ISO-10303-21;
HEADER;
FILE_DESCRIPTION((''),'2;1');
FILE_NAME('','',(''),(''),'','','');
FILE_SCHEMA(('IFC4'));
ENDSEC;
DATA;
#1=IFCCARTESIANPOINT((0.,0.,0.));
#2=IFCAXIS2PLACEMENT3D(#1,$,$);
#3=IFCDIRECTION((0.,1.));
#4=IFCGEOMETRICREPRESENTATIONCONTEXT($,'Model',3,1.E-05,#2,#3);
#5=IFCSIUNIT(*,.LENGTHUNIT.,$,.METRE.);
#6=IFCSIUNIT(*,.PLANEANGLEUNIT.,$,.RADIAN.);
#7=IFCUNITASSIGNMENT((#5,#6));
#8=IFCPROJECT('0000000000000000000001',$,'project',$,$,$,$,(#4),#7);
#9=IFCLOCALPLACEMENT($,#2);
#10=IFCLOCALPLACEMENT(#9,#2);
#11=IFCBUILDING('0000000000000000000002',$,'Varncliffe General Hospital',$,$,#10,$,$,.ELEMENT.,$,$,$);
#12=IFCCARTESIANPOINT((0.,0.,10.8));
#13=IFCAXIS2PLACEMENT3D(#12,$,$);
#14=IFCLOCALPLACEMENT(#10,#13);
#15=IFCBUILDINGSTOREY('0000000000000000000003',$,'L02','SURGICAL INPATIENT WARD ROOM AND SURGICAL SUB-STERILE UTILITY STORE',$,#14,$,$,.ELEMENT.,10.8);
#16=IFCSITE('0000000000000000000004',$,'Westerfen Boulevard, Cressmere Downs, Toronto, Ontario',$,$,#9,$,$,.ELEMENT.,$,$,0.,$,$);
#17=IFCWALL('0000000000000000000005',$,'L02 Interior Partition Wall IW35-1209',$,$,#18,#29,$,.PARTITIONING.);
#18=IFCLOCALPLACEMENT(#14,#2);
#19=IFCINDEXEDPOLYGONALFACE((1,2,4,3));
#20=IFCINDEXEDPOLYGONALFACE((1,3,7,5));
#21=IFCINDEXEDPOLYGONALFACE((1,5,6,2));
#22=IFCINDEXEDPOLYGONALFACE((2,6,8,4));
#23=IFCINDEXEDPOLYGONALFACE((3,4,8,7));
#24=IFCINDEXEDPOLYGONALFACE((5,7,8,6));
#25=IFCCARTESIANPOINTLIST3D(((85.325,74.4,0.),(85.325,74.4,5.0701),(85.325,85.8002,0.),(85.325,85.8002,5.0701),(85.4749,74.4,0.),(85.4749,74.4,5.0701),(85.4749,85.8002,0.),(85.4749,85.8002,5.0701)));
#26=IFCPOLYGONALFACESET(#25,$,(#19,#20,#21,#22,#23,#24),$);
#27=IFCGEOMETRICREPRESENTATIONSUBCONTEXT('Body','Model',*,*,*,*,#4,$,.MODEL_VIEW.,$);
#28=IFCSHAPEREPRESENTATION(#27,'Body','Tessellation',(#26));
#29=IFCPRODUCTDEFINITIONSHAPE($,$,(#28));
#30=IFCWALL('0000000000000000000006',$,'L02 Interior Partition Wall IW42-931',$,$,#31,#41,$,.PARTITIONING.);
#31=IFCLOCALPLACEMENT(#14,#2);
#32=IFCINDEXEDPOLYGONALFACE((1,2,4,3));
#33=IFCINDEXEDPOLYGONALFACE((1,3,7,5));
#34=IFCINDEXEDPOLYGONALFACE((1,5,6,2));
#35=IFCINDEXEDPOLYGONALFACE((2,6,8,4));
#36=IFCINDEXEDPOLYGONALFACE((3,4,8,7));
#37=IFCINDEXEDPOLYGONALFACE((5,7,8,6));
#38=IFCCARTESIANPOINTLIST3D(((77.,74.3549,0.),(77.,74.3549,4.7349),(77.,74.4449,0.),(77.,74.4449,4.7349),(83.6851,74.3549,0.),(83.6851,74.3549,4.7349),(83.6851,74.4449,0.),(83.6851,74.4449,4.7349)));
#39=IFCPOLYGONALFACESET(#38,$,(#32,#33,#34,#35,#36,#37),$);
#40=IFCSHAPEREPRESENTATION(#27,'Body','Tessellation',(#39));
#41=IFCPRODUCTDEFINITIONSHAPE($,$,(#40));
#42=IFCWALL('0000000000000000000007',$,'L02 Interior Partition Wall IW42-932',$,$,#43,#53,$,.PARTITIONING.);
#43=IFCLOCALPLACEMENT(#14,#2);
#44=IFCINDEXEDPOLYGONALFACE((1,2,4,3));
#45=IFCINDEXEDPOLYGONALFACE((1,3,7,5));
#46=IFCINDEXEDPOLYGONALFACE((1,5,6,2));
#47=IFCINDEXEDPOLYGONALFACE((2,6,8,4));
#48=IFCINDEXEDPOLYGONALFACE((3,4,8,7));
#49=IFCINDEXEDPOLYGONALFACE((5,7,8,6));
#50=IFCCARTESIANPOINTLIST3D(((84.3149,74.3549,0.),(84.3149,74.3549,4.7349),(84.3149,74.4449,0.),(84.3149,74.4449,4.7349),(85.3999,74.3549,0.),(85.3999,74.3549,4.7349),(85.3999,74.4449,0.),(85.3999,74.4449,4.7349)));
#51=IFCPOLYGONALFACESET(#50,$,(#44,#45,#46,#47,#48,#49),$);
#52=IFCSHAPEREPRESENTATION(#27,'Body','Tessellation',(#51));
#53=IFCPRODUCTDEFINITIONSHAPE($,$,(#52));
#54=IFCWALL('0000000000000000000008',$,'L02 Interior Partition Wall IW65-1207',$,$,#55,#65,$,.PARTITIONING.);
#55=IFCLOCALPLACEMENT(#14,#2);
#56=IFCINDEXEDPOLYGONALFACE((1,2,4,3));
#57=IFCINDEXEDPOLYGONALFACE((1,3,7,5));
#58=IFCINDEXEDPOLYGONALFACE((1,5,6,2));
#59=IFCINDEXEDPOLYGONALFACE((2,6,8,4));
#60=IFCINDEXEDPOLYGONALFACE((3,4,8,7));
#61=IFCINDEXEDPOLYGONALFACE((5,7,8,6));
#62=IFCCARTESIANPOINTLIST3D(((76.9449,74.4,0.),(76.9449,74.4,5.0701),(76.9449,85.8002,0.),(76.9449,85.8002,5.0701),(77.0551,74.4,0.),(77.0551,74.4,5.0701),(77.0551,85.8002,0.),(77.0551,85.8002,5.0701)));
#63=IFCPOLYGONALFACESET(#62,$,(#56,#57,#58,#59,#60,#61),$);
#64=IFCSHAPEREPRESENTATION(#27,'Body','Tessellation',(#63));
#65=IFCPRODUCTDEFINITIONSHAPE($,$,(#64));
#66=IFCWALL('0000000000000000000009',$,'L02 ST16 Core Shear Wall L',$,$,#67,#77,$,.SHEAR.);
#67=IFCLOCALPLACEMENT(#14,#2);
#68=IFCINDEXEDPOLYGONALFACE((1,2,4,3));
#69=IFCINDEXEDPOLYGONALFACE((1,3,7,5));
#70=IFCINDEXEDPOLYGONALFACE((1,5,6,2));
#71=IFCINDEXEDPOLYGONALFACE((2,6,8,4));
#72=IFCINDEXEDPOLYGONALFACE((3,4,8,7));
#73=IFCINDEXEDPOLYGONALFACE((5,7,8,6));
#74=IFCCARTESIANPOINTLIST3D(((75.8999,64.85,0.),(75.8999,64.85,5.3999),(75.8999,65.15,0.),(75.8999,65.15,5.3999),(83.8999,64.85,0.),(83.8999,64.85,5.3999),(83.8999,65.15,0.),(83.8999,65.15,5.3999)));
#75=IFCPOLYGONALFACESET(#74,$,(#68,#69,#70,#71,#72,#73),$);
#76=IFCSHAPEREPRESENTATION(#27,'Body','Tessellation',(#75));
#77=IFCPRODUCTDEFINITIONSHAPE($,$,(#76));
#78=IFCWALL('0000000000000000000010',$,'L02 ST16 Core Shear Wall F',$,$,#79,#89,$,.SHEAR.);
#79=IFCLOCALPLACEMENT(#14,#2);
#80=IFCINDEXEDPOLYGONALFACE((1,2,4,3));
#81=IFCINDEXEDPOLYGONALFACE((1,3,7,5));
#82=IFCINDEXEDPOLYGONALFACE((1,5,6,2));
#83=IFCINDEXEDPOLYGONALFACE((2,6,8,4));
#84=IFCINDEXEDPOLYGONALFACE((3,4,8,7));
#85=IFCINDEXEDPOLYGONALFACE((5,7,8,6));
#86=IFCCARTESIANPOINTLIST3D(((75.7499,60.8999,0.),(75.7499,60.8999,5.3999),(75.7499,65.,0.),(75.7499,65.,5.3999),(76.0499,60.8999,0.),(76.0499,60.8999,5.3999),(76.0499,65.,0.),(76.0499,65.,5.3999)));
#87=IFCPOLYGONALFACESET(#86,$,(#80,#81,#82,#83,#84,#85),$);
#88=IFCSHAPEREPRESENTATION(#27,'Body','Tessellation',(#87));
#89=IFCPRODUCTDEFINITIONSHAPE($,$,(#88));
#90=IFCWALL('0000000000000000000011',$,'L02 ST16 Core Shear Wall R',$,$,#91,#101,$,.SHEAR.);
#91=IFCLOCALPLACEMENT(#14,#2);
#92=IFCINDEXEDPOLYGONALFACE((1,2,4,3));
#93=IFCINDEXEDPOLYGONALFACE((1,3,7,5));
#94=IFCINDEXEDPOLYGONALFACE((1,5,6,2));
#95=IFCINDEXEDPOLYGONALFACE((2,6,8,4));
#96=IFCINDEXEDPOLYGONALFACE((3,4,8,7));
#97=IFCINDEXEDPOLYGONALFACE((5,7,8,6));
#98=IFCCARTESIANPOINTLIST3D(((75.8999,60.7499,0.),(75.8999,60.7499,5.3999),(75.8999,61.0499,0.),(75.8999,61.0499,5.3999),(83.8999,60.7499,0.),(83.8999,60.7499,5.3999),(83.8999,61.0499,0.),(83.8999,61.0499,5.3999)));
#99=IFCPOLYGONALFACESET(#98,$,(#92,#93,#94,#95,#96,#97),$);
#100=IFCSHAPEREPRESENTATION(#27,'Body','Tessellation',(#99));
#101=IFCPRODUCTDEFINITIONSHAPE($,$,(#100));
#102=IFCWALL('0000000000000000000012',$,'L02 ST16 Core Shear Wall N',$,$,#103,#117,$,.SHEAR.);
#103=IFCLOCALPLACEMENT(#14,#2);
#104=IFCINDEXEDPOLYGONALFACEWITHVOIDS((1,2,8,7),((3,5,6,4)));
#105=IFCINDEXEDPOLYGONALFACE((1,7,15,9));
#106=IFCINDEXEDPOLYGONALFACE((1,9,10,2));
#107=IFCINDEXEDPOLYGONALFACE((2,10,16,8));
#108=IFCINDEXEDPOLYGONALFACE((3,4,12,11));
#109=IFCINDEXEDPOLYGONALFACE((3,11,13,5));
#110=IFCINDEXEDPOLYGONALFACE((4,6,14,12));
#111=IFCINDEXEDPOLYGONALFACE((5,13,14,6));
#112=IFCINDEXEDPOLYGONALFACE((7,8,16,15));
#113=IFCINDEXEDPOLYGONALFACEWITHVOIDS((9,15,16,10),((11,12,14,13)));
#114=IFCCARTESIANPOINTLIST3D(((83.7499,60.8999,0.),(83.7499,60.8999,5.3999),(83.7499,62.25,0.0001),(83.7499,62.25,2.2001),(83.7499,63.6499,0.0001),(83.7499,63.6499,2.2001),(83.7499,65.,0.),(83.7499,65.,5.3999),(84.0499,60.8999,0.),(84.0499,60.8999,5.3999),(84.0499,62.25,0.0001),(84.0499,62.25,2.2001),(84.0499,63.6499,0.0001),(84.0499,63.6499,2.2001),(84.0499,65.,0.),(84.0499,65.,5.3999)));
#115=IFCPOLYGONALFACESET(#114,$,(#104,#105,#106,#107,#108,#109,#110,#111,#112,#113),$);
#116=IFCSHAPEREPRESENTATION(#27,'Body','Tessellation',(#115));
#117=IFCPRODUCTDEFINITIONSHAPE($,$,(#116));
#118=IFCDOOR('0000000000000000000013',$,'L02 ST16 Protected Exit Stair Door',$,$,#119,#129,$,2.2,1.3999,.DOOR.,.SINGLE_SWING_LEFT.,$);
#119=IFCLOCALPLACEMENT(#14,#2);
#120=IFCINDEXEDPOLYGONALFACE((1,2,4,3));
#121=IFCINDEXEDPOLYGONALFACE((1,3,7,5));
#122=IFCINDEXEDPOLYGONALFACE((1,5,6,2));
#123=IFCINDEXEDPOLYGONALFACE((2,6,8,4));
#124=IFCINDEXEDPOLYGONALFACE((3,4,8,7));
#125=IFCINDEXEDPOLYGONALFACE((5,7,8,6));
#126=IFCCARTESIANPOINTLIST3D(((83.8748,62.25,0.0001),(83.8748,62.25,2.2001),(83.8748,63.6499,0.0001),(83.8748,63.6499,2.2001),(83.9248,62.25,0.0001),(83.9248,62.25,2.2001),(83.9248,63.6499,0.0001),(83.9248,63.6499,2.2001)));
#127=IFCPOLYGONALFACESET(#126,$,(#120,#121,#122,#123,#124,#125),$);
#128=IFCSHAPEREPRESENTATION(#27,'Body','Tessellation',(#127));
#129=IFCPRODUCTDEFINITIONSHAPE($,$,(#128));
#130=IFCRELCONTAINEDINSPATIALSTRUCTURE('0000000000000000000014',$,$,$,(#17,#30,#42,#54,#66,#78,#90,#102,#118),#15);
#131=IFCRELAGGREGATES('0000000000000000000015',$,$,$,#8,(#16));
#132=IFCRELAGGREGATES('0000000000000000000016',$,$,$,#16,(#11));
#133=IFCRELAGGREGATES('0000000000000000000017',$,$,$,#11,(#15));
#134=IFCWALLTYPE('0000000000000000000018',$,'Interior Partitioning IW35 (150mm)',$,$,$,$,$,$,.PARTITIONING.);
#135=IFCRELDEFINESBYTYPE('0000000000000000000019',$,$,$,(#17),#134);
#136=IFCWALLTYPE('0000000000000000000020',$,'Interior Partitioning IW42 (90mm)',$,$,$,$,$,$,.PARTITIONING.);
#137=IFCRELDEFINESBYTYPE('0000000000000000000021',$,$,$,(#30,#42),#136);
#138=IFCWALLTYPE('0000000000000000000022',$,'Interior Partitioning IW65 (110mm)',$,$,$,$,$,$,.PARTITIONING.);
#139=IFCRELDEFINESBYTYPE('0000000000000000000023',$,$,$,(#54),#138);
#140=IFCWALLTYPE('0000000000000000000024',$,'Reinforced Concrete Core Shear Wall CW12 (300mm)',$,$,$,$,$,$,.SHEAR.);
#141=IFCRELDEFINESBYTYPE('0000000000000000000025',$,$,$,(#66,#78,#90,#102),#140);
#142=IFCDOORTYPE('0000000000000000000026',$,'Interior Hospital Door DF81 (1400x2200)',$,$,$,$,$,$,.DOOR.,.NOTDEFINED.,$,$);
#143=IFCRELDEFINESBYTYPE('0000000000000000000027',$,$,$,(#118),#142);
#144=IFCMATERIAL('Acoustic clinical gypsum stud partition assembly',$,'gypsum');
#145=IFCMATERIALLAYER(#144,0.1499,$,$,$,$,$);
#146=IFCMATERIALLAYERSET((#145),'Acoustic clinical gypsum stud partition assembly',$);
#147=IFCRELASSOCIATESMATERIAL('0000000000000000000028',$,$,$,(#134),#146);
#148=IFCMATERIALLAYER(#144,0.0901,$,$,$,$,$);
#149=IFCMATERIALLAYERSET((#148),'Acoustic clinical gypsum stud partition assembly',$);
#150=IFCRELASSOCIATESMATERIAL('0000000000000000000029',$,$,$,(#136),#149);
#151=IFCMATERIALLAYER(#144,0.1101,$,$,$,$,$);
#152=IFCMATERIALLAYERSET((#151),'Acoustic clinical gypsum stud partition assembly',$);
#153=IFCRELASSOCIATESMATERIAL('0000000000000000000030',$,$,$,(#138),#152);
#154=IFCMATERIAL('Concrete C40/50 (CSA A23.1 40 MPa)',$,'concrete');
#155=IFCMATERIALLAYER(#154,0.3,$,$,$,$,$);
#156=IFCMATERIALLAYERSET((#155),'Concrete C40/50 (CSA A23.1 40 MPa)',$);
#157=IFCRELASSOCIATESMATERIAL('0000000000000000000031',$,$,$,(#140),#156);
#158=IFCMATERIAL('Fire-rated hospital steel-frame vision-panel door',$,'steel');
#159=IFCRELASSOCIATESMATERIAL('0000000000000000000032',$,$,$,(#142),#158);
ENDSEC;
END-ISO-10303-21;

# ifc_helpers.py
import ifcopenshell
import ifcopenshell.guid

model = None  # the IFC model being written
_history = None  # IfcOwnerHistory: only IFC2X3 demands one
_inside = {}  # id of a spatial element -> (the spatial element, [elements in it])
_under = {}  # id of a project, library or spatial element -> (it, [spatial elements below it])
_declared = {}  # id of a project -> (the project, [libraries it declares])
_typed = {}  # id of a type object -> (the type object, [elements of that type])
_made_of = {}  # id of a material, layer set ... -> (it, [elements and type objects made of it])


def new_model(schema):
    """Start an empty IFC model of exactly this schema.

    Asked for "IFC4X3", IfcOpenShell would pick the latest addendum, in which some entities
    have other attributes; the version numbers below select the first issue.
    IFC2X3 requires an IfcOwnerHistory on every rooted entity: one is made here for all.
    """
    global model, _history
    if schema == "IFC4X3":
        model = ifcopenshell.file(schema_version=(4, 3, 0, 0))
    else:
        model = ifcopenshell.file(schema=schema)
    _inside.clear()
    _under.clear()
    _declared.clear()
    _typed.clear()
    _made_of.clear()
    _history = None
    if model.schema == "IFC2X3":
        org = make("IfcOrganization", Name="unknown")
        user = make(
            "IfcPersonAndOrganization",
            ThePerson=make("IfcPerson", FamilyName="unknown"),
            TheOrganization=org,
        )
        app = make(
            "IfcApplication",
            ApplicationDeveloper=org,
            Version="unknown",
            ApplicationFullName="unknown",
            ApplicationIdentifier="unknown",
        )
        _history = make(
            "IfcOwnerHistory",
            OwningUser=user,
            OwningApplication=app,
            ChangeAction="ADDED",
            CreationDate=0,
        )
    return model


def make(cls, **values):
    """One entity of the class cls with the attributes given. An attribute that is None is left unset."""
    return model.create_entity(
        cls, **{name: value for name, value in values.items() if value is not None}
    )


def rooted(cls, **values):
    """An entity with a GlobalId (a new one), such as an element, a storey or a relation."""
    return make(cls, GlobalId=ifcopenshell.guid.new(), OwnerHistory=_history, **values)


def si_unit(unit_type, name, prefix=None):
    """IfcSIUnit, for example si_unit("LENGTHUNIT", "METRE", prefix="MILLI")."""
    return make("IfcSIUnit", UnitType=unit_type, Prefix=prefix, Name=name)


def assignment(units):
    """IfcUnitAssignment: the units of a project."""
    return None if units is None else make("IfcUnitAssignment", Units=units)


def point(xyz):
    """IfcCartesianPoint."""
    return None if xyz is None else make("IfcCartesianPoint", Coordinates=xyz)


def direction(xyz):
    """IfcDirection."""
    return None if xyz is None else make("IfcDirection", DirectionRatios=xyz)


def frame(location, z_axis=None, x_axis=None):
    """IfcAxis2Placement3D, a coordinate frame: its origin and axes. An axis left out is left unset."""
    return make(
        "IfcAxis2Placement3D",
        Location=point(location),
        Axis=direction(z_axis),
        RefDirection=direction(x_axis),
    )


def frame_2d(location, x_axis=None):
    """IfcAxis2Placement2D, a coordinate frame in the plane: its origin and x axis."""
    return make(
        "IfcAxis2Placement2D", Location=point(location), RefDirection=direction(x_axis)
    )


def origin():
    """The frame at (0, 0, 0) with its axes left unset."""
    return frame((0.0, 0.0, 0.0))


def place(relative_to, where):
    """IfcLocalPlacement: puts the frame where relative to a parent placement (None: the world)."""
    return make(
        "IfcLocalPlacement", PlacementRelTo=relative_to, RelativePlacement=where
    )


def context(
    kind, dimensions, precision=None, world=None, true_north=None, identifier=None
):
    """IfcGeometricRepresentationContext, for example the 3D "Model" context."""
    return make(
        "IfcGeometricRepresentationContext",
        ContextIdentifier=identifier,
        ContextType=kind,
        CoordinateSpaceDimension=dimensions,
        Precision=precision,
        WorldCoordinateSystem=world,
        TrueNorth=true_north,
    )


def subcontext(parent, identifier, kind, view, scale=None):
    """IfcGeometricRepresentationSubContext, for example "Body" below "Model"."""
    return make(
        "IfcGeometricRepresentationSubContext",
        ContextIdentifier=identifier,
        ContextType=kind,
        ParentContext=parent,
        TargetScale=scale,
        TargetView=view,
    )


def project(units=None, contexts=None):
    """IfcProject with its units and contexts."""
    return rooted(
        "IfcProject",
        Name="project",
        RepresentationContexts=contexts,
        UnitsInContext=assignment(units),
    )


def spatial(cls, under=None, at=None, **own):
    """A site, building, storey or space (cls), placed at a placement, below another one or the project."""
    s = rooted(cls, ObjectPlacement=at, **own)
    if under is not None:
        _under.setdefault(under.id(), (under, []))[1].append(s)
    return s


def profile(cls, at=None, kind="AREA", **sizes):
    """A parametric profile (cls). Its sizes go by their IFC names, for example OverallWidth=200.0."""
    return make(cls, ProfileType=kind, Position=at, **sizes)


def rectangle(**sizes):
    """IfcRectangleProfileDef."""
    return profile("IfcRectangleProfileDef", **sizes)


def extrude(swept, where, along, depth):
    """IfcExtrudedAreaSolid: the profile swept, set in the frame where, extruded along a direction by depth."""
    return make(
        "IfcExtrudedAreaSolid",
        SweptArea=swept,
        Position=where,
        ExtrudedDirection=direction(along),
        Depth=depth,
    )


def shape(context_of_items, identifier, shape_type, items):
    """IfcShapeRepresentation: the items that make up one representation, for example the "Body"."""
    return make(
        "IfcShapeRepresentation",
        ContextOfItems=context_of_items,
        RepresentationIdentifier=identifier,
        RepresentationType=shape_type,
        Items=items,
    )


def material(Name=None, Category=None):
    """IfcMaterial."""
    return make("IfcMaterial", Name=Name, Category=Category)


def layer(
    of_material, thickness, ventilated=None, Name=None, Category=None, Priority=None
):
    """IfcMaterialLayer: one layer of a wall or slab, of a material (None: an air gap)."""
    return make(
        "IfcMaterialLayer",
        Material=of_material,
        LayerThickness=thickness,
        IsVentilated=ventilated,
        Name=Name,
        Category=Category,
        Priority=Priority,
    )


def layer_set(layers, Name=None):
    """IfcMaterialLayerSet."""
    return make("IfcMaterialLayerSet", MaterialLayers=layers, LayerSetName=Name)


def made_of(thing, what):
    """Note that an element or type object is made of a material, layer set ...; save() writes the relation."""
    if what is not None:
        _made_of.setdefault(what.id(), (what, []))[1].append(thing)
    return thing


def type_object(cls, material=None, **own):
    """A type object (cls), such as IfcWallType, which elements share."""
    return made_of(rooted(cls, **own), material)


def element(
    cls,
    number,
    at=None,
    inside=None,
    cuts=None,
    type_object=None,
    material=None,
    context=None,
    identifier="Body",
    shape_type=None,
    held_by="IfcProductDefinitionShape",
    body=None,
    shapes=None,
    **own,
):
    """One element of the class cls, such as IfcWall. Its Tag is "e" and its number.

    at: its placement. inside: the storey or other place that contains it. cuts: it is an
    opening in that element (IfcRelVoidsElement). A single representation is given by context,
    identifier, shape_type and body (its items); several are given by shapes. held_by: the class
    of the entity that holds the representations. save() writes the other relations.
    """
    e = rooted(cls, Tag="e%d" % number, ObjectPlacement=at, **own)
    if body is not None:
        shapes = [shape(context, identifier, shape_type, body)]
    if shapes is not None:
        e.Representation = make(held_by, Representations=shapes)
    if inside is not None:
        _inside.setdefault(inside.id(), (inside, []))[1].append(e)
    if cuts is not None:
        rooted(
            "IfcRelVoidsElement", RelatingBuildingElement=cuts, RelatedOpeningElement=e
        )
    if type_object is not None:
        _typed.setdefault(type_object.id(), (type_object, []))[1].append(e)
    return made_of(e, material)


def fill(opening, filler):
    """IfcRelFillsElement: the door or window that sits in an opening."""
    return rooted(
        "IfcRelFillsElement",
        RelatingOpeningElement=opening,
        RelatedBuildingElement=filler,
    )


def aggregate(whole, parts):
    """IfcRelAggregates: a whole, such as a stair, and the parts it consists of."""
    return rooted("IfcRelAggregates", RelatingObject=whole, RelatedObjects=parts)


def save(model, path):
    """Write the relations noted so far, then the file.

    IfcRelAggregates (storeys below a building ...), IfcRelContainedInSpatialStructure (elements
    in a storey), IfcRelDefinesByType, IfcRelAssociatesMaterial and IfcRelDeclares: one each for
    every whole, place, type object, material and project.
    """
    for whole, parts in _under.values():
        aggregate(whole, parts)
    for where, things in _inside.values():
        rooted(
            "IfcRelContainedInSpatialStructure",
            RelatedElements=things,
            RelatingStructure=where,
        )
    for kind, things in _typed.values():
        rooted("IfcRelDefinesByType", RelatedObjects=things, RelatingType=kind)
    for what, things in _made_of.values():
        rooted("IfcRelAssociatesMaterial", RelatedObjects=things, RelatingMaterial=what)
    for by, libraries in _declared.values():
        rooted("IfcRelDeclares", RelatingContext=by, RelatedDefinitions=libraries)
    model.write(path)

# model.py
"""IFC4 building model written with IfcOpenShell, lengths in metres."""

from ifc_helpers import new_model, si_unit, direction, frame, frame_2d, origin, place, context, subcontext, project, spatial, rectangle, extrude, material, layer, layer_set, type_object, element, fill, save


model = new_model("IFC4")

# Units and contexts
model_context = context("Model", 3, precision=1e-05, world=origin(), true_north=direction((0.0, 1.0)))
body_context = subcontext(model_context, "Body", "Model", "MODEL_VIEW")
ifc_project = project(units=[si_unit("LENGTHUNIT", "METRE"), si_unit("PLANEANGLEUNIT", "RADIAN")], contexts=[model_context])

# Site, building, storey
site_placement = place(None, origin())
site = spatial("IfcSite", under=ifc_project, at=site_placement, Name="Westerfen Boulevard, Cressmere Downs, Toronto, Ontario", CompositionType="ELEMENT", RefElevation=0.0)
building_placement = place(site_placement, origin())
building = spatial("IfcBuilding", under=site, at=building_placement, Name="Varncliffe General Hospital", CompositionType="ELEMENT")
storey_placement = place(building_placement, frame((0.0, 0.0, 10.8)))
storey = spatial("IfcBuildingStorey", under=building, at=storey_placement, Name="L02", Description="SURGICAL INPATIENT WARD ROOM AND SURGICAL SUB-STERILE UTILITY STORE", CompositionType="ELEMENT", Elevation=10.8)

# Shared definitions
ifc_material_1 = material(Name="Concrete C40/50 (CSA A23.1 40 MPa)", Category="concrete")

# Walls
ifc_material_2 = material(Name="Acoustic clinical gypsum stud partition assembly", Category="gypsum")
ifc_layer_1 = layer(ifc_material_2, 0.1499)
ifc_layer_set_1 = layer_set([ifc_layer_1], Name="Acoustic clinical gypsum stud partition assembly")
wall_type_1 = type_object("IfcWallType", Name="Interior Partitioning IW35 (150mm)", PredefinedType="PARTITIONING", material=ifc_layer_set_1)
wall_1_placement = place(storey_placement, frame((85.3999, 74.3999, 0.0), z_axis=(0.0, 0.0, 1.0), x_axis=(0.0, 1.0, 0.0)))
element("IfcWall", 1, at=wall_1_placement, inside=storey, type_object=wall_type_1, Name="L02 Interior Partition Wall IW35-1209", PredefinedType="PARTITIONING", context=body_context, shape_type="SweptSolid", body=[
    extrude(rectangle(XDim=11.4001, YDim=0.1499, at=frame_2d((5.7002, 0.0))), origin(), (0.0, 0.0, 1.0), 5.0701),
])
ifc_layer_2 = layer(ifc_material_2, 0.0901)
ifc_layer_set_2 = layer_set([ifc_layer_2], Name="Acoustic clinical gypsum stud partition assembly")
wall_type_2 = type_object("IfcWallType", Name="Interior Partitioning IW42 (90mm)", PredefinedType="PARTITIONING", material=ifc_layer_set_2)
wall_2_placement = place(storey_placement, frame((77.0, 74.3999, 0.0), z_axis=(0.0, 0.0, 1.0), x_axis=(1.0, 0.0, 0.0)))
element("IfcWall", 2, at=wall_2_placement, inside=storey, type_object=wall_type_2, Name="L02 Interior Partition Wall IW42-931", PredefinedType="PARTITIONING", context=body_context, shape_type="SweptSolid", body=[
    extrude(rectangle(XDim=6.6851, YDim=0.0901, at=frame_2d((3.3425, 0.0))), origin(), (0.0, 0.0, 1.0), 4.7349),
])
wall_3_placement = place(storey_placement, frame((84.3149, 74.3999, 0.0), z_axis=(0.0, 0.0, 1.0), x_axis=(1.0, 0.0, 0.0)))
element("IfcWall", 3, at=wall_3_placement, inside=storey, type_object=wall_type_2, Name="L02 Interior Partition Wall IW42-932", PredefinedType="PARTITIONING", context=body_context, shape_type="SweptSolid", body=[
    extrude(rectangle(XDim=1.085, YDim=0.0901, at=frame_2d((0.5425, 0.0))), origin(), (0.0, 0.0, 1.0), 4.7349),
])
ifc_layer_3 = layer(ifc_material_2, 0.1101)
ifc_layer_set_3 = layer_set([ifc_layer_3], Name="Acoustic clinical gypsum stud partition assembly")
wall_type_3 = type_object("IfcWallType", Name="Interior Partitioning IW65 (110mm)", PredefinedType="PARTITIONING", material=ifc_layer_set_3)
wall_4_placement = place(storey_placement, frame((77.0, 74.3999, 0.0), z_axis=(0.0, 0.0, 1.0), x_axis=(0.0, 1.0, 0.0)))
element("IfcWall", 4, at=wall_4_placement, inside=storey, type_object=wall_type_3, Name="L02 Interior Partition Wall IW65-1207", PredefinedType="PARTITIONING", context=body_context, shape_type="SweptSolid", body=[
    extrude(rectangle(XDim=11.4001, YDim=0.1101, at=frame_2d((5.7002, 0.0))), origin(), (0.0, 0.0, 1.0), 5.0701),
])
ifc_layer_4 = layer(ifc_material_1, 0.3)
ifc_layer_set_4 = layer_set([ifc_layer_4], Name="Concrete C40/50 (CSA A23.1 40 MPa)")
wall_type_4 = type_object("IfcWallType", Name="Reinforced Concrete Core Shear Wall CW12 (300mm)", PredefinedType="SHEAR", material=ifc_layer_set_4)
wall_5_placement = place(storey_placement, frame((83.8999, 65.0, 0.0), z_axis=(0.0, 0.0, 1.0), x_axis=(-1.0, 0.0, 0.0)))
element("IfcWall", 5, at=wall_5_placement, inside=storey, type_object=wall_type_4, Name="L02 ST16 Core Shear Wall L", PredefinedType="SHEAR", context=body_context, shape_type="SweptSolid", body=[
    extrude(rectangle(XDim=8.0, YDim=0.3, at=frame_2d((4.0, 0.0))), origin(), (0.0, 0.0, 1.0), 5.3999),
])
wall_6_placement = place(storey_placement, frame((75.8999, 65.0, 0.0), z_axis=(0.0, 0.0, 1.0), x_axis=(0.0, -1.0, 0.0)))
element("IfcWall", 6, at=wall_6_placement, inside=storey, type_object=wall_type_4, Name="L02 ST16 Core Shear Wall F", PredefinedType="SHEAR", context=body_context, shape_type="SweptSolid", body=[
    extrude(rectangle(XDim=4.1001, YDim=0.3, at=frame_2d((2.05, 0.0))), origin(), (0.0, 0.0, 1.0), 5.3999),
])
wall_7_placement = place(storey_placement, frame((75.8999, 60.8999, 0.0), z_axis=(0.0, 0.0, 1.0), x_axis=(1.0, 0.0, 0.0)))
element("IfcWall", 7, at=wall_7_placement, inside=storey, type_object=wall_type_4, Name="L02 ST16 Core Shear Wall R", PredefinedType="SHEAR", context=body_context, shape_type="SweptSolid", body=[
    extrude(rectangle(XDim=8.0, YDim=0.3, at=frame_2d((4.0, 0.0))), origin(), (0.0, 0.0, 1.0), 5.3999),
])

# Wall, opening, door
wall_8_placement = place(storey_placement, frame((83.8999, 60.8999, 0.0), z_axis=(0.0, 0.0, 1.0), x_axis=(0.0, 1.0, 0.0)))
wall_8 = element("IfcWall", 8, at=wall_8_placement, inside=storey, type_object=wall_type_4, Name="L02 ST16 Core Shear Wall N", PredefinedType="SHEAR", context=body_context, shape_type="SweptSolid", body=[
    extrude(rectangle(XDim=4.1001, YDim=0.3, at=frame_2d((2.05, 0.0))), origin(), (0.0, 0.0, 1.0), 5.3999),
])
opening_placement = place(wall_8_placement, frame((1.3501, 0.0, 0.0)))
opening = element("IfcOpeningElement", 9, at=opening_placement, cuts=wall_8, PredefinedType="OPENING", context=body_context, shape_type="SweptSolid", body=[
    extrude(rectangle(XDim=1.3999, YDim=2.2, at=frame_2d((0.7, 1.1001))), frame((0.0, 0.1602, 0.0), z_axis=(0.0, -1.0, 0.0), x_axis=(1.0, 0.0, 0.0)), (0.0, 0.0, 1.0), 0.3201),
])
ifc_material_3 = material(Name="Fire-rated hospital steel-frame vision-panel door", Category="steel")
door_type = type_object("IfcDoorType", Name="Interior Hospital Door DF81 (1400x2200)", OperationType="NOTDEFINED", PredefinedType="DOOR", material=ifc_material_3)
door_placement = place(opening_placement, frame((1.3999, 0.0, 0.0), z_axis=(0.0, 0.0, 1.0), x_axis=(-1.0, 0.0, 0.0)))
door = element("IfcDoor", 10, at=door_placement, inside=storey, type_object=door_type, Name="L02 ST16 Protected Exit Stair Door", OperationType="SINGLE_SWING_LEFT", OverallHeight=2.2, OverallWidth=1.3999, PredefinedType="DOOR", context=body_context, shape_type="SweptSolid", body=[
    extrude(rectangle(XDim=1.3999, YDim=2.2, at=frame_2d((0.7, 1.1001))), frame((0.0, 0.0249, 0.0), z_axis=(0.0, -1.0, 0.0), x_axis=(1.0, 0.0, 0.0)), (0.0, 0.0, 1.0), 0.05),
])
fill(opening, door)

save(model, "model.ifc")
